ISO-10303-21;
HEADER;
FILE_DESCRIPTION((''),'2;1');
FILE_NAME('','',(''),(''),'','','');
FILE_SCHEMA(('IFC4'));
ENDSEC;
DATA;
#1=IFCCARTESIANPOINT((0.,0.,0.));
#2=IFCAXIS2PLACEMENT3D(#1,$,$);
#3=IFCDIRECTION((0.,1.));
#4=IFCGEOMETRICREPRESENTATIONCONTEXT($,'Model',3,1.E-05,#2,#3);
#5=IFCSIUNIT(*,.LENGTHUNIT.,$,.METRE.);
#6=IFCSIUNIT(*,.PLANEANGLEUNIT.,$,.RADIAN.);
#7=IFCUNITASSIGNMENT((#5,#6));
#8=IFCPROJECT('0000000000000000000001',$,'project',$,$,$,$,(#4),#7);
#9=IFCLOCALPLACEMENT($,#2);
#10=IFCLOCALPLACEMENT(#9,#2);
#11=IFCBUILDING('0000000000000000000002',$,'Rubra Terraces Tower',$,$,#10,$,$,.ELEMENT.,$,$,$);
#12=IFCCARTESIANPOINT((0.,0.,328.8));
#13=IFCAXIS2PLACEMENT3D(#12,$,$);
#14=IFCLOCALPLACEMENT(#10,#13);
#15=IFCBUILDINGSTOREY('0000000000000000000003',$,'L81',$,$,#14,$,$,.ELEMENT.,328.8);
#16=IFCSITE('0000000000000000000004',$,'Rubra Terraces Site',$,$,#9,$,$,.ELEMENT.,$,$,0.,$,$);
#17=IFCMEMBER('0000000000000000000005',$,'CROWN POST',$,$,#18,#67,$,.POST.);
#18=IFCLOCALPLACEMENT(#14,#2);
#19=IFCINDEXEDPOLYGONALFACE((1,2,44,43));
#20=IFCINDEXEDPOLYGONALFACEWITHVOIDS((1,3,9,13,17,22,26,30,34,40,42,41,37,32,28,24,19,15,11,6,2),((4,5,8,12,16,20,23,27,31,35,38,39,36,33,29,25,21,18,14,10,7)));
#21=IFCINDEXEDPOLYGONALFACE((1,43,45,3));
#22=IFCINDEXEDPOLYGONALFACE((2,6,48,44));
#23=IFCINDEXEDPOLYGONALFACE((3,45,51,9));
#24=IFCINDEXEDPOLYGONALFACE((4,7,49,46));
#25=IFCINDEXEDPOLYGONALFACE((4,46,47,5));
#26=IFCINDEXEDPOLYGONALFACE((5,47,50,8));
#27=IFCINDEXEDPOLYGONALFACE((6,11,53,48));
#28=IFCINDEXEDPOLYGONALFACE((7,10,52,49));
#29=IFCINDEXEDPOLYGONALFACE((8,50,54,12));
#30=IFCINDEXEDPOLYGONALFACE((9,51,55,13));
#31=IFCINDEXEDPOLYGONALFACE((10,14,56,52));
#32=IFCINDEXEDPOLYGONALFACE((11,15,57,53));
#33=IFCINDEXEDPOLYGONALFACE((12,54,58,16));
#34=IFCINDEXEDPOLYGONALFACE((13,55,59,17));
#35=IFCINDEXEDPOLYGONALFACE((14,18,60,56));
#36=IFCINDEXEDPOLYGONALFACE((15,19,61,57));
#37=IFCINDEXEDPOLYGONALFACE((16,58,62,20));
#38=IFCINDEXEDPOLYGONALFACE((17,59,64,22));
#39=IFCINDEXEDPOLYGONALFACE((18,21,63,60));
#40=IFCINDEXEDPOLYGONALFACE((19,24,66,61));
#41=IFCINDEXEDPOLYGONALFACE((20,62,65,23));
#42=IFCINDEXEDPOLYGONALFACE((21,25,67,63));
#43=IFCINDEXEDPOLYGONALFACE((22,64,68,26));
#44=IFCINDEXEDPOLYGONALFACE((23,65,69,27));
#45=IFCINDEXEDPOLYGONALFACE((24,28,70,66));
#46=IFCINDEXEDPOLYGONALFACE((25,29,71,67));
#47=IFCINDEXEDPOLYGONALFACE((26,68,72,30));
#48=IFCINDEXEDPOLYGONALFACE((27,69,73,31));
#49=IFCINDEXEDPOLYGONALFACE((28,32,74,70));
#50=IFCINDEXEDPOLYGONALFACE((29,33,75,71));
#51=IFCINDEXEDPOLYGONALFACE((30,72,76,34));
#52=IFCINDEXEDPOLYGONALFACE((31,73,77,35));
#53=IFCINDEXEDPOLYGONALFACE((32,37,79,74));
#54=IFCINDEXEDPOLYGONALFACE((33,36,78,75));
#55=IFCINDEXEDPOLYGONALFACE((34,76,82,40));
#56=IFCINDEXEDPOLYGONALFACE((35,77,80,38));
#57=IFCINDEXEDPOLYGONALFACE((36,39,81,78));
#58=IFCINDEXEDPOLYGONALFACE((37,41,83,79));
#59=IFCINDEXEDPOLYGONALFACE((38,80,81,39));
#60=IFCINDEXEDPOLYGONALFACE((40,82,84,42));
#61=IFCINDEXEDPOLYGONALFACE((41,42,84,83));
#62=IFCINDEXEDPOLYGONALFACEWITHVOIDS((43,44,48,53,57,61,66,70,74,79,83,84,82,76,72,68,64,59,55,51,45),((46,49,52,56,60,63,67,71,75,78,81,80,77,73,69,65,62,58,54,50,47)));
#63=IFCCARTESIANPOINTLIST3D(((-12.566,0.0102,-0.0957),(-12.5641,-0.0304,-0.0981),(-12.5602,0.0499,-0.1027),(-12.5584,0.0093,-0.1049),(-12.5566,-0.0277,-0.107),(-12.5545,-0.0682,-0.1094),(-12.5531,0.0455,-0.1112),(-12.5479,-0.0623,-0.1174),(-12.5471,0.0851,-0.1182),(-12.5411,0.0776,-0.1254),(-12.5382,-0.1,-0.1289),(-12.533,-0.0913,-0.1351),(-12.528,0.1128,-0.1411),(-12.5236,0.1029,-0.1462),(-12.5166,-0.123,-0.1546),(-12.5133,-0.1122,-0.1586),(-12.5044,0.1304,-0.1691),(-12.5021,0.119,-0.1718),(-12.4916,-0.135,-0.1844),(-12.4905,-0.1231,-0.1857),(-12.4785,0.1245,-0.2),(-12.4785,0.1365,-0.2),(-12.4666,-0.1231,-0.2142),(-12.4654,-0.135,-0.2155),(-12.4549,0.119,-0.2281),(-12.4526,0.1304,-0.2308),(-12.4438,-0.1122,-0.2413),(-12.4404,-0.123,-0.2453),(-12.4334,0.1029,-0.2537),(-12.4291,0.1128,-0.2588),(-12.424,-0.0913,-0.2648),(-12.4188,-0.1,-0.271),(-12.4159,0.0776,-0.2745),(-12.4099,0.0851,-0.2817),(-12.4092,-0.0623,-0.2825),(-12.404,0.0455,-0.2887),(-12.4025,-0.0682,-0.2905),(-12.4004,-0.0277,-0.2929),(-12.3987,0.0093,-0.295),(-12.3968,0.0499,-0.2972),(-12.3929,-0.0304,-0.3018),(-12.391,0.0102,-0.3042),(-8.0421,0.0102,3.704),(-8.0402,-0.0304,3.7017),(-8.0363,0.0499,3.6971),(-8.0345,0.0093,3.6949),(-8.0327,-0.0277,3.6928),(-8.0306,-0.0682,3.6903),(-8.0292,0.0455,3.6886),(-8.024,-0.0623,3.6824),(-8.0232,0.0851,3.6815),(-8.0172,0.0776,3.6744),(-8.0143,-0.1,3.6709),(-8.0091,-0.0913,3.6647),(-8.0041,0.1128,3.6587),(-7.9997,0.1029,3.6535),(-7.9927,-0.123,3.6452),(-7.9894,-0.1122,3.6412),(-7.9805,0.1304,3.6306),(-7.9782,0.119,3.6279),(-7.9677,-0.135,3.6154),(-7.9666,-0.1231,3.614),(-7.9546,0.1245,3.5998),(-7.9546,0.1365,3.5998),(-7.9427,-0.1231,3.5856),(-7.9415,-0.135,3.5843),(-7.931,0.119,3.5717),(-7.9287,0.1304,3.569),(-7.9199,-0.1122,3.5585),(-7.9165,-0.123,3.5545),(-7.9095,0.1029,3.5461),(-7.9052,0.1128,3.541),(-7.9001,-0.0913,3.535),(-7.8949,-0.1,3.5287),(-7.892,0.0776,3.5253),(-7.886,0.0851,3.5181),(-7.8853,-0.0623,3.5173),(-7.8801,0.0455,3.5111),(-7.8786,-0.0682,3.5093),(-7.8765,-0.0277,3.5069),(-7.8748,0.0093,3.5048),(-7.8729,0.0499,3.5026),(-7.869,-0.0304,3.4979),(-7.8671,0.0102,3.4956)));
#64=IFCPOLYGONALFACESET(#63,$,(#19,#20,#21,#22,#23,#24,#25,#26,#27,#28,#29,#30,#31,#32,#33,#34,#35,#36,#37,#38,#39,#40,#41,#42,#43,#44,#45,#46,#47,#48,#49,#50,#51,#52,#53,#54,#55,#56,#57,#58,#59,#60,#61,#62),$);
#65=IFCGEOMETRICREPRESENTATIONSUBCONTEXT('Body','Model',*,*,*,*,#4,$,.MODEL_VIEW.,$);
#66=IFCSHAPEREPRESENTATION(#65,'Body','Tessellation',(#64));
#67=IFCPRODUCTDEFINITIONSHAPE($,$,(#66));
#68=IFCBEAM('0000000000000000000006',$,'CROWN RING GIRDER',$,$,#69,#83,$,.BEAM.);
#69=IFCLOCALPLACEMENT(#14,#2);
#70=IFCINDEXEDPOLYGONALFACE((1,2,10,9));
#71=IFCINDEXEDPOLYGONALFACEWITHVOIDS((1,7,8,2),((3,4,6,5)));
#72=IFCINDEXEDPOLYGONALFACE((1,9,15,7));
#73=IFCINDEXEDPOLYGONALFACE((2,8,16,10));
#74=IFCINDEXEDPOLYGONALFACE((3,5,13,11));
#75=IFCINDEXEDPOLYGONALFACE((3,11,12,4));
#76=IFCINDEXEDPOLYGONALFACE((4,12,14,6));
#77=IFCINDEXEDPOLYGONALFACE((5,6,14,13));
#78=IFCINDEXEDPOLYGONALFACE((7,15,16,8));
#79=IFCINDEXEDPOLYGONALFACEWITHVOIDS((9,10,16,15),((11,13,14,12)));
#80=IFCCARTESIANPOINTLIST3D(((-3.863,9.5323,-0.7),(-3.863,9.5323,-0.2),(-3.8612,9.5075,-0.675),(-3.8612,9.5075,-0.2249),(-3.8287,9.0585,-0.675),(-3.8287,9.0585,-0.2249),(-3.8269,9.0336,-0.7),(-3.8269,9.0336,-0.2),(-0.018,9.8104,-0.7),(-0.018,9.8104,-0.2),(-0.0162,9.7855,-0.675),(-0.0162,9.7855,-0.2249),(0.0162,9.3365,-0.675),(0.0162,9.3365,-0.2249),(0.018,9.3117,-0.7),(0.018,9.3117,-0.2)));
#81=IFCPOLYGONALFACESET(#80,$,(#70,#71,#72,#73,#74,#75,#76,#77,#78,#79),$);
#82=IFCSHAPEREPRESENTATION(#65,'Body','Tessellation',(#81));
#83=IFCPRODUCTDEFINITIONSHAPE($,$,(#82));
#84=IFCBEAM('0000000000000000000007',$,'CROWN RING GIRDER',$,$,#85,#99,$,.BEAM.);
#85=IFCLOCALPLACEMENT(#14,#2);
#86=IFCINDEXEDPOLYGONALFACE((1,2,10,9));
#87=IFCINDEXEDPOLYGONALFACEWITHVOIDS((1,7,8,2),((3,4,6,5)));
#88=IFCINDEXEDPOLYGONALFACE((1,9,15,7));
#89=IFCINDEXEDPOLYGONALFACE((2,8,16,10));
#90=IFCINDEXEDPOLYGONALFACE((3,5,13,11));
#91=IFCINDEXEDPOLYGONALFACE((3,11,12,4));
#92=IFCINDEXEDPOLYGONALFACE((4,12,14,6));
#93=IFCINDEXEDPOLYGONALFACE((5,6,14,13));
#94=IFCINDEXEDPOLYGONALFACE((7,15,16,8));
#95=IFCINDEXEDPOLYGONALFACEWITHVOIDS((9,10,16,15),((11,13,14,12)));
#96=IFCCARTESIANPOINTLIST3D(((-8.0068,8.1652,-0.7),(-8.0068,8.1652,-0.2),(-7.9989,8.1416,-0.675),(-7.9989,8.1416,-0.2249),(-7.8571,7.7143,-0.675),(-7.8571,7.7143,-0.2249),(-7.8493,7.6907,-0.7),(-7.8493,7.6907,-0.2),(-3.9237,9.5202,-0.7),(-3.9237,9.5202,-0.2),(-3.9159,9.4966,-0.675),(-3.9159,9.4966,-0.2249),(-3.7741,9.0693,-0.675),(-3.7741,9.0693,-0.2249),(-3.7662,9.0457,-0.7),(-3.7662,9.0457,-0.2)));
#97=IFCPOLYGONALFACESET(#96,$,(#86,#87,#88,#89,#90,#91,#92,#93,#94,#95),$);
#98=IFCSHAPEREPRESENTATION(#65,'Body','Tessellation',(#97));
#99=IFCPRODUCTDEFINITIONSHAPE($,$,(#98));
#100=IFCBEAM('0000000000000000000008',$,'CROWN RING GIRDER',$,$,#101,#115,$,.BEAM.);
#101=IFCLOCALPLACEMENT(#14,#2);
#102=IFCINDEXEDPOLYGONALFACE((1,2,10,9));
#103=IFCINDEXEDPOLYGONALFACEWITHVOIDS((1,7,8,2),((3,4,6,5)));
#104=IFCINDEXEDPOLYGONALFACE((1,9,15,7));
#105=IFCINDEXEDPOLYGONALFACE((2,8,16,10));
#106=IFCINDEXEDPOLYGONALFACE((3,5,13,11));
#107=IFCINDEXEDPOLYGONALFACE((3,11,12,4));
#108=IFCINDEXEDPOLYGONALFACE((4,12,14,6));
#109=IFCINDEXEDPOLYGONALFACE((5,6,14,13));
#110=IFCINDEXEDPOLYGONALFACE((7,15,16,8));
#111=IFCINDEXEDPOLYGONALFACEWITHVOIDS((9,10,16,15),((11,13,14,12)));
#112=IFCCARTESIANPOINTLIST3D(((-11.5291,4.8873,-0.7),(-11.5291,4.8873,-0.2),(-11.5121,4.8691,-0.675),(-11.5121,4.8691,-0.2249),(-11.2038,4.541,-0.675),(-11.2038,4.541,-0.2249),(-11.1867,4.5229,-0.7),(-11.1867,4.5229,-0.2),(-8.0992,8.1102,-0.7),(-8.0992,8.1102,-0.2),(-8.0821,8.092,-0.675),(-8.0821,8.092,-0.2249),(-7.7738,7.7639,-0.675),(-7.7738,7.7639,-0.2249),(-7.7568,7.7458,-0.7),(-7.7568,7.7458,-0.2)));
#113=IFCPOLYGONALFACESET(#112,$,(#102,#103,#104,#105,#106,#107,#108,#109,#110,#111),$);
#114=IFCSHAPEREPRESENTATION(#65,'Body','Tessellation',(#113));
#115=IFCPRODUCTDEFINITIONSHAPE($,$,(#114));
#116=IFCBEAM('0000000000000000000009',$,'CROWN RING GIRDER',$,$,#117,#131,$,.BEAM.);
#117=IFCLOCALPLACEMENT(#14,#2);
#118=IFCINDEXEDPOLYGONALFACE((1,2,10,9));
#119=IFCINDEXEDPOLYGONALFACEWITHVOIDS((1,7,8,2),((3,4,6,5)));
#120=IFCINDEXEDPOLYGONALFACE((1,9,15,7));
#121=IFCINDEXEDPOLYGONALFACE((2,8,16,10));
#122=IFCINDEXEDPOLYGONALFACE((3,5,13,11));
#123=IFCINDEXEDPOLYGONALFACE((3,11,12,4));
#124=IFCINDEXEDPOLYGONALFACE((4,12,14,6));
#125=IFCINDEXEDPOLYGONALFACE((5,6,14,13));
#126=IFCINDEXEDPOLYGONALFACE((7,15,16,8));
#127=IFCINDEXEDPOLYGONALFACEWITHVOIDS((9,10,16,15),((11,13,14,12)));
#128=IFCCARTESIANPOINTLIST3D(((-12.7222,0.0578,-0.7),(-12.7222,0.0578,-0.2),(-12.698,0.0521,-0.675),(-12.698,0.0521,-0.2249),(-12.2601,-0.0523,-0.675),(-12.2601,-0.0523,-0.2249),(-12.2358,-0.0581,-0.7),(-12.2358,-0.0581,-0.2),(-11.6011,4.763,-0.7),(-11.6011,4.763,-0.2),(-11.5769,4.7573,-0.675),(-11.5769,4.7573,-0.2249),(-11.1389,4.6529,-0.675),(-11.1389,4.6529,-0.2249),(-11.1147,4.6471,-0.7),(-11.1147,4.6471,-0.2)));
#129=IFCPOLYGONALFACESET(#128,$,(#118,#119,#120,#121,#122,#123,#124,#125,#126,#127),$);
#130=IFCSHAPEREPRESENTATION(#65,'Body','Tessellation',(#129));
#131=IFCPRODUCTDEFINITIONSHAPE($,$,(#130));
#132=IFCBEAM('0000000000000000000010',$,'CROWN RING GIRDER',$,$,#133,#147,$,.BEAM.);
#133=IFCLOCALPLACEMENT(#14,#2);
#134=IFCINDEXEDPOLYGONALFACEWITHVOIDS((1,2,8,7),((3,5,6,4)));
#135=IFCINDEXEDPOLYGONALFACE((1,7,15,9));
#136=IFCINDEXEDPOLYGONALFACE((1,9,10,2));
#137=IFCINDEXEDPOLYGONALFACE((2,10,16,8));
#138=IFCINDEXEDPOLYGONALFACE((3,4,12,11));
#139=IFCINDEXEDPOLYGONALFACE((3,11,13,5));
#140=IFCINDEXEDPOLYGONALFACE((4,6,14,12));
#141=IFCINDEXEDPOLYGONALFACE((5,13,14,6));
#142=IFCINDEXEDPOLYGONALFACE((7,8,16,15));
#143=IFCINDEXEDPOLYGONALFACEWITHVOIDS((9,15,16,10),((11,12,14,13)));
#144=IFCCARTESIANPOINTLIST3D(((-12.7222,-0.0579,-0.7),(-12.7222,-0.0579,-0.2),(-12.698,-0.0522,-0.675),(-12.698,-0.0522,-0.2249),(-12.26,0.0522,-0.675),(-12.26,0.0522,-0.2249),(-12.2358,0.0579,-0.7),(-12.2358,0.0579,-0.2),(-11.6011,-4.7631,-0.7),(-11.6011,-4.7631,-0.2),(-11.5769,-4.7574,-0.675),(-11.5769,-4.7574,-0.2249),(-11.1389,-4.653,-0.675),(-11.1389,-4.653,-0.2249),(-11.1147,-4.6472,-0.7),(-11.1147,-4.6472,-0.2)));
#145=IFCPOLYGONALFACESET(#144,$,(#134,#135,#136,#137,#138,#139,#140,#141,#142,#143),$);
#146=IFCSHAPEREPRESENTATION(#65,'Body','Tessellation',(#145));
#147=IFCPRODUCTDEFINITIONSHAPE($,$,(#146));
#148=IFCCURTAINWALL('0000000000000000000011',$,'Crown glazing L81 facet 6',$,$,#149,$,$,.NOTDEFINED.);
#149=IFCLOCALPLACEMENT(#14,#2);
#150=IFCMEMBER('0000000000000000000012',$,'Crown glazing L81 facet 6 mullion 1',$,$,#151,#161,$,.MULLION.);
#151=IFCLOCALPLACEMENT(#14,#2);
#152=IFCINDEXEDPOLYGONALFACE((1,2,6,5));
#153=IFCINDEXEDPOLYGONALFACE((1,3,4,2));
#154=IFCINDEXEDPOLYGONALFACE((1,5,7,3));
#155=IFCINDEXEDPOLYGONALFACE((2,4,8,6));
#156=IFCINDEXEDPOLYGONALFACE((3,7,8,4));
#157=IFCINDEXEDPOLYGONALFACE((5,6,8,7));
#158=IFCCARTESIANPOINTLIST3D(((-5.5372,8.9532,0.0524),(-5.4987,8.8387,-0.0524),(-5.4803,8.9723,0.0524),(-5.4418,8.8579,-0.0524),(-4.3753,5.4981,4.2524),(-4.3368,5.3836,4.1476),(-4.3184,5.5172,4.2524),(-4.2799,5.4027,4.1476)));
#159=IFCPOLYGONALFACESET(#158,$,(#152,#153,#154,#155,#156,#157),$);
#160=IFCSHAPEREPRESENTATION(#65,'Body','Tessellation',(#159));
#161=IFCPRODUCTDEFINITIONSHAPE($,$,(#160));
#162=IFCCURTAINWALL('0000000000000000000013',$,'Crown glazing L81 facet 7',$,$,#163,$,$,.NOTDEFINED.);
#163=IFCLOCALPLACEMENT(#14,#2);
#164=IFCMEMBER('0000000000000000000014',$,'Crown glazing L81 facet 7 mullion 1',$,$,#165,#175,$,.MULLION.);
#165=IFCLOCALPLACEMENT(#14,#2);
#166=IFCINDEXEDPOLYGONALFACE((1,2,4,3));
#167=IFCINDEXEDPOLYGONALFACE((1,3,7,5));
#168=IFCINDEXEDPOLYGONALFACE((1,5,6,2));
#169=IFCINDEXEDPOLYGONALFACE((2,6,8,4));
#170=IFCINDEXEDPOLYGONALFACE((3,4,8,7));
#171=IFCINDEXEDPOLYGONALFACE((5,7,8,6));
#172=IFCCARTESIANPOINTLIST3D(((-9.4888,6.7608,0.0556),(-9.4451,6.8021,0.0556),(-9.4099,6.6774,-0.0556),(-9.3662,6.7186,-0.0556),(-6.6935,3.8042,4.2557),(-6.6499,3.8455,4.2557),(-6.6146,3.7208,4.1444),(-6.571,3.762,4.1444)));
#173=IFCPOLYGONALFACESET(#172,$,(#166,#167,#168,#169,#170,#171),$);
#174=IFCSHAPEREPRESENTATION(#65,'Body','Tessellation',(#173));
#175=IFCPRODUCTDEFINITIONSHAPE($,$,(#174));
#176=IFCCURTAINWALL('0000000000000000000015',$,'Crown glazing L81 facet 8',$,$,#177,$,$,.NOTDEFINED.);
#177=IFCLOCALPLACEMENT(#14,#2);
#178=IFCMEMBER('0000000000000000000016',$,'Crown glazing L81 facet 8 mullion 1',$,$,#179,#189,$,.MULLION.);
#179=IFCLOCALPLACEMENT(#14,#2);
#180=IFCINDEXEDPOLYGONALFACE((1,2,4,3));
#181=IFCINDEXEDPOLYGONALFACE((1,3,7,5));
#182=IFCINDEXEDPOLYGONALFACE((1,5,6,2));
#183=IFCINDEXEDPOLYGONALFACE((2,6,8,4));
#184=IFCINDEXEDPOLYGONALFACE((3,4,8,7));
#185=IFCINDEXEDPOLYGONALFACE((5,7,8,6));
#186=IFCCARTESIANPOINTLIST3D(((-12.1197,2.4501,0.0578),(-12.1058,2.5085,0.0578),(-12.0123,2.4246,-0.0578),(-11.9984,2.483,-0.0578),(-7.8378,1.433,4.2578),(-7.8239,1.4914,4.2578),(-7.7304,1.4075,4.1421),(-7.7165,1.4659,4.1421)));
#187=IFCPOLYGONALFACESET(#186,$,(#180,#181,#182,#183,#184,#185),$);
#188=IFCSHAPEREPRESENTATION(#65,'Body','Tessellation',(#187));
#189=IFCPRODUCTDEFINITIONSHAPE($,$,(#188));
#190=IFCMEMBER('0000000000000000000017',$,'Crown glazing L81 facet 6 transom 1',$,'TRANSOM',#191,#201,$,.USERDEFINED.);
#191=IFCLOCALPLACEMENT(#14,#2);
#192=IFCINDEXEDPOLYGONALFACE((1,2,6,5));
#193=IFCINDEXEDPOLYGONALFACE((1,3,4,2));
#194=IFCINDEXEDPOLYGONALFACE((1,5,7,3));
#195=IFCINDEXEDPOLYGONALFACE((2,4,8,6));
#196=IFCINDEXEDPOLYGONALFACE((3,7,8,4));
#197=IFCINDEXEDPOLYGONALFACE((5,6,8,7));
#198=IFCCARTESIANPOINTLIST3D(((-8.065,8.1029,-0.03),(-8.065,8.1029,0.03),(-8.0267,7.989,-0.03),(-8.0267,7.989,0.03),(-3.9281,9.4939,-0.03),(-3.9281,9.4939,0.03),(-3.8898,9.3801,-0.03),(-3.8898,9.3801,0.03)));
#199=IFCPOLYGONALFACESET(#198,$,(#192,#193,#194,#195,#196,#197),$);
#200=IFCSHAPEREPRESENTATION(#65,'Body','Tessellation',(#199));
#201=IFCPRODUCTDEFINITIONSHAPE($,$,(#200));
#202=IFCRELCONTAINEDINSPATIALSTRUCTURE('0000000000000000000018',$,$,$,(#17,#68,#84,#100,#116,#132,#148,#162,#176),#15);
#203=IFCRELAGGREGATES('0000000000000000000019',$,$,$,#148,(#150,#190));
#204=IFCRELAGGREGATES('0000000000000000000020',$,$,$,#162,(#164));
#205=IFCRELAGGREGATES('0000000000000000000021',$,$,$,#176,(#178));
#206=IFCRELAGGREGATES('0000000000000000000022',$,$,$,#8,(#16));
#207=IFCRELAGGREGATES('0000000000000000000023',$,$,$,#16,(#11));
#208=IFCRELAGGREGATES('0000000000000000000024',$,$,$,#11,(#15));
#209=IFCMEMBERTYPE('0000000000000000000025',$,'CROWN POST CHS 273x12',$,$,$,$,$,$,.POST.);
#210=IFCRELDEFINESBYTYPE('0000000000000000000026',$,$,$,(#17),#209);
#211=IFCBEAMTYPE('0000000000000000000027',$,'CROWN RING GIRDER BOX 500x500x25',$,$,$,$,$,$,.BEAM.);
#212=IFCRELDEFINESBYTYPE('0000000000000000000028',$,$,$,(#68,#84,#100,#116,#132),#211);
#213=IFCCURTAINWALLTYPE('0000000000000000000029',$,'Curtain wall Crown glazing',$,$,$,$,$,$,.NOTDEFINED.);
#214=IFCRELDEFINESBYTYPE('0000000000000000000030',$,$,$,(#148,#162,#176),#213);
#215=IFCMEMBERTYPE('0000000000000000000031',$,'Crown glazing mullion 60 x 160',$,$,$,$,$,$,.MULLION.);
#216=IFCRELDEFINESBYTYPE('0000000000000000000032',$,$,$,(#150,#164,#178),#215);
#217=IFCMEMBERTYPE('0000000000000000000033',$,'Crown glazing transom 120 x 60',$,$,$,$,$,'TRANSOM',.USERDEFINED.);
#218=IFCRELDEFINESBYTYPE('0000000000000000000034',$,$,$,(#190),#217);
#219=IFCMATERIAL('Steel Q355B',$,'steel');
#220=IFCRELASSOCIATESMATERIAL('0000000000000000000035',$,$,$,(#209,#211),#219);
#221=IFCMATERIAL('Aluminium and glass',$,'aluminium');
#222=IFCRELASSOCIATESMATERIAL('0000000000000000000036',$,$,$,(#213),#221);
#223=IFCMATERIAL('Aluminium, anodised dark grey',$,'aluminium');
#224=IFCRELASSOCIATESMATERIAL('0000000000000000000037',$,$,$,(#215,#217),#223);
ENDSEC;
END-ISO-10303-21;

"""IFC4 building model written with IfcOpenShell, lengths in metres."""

from ifc_helpers import new_model, si_unit, direction, frame, origin, origin_2d, place, context, subcontext, project, spatial, rectangle, hollow_rectangle, hollow_circle, extrude, material, material_profile, profile_set, type_object, element, aggregate, save


model = new_model("IFC4")

# Units and contexts
model_context = context("Model", 3, precision=1e-05, world=origin(), true_north=direction((0.0, 1.0)))
body_context = subcontext(model_context, "Body", "Model", "MODEL_VIEW")
ifc_project = project(units=[si_unit("LENGTHUNIT", "METRE"), si_unit("PLANEANGLEUNIT", "RADIAN")], contexts=[model_context])

# Site, building, storey
site_placement = place(None, origin())
site = spatial("IfcSite", under=ifc_project, at=site_placement, Name="Rubra Terraces Site", CompositionType="ELEMENT", RefElevation=0.0)
building_placement = place(site_placement, origin())
building = spatial("IfcBuilding", under=site, at=building_placement, Name="Rubra Terraces Tower", CompositionType="ELEMENT")
storey_placement = place(building_placement, frame((0.0, 0.0, 328.8)))
storey = spatial("IfcBuildingStorey", under=building, at=storey_placement, Name="L81", CompositionType="ELEMENT", Elevation=328.8)

# Member
ifc_material_1 = material(Name="Steel Q355B", Category="steel")
ifc_material_profile_1 = material_profile(ifc_material_1, hollow_circle(Radius=0.1365, WallThickness=0.012, at=origin_2d()), Name="CHS 273x12")
ifc_profile_set_1 = profile_set([ifc_material_profile_1], Name="Steel Q355B")
member_type_1 = type_object("IfcMemberType", Name="CROWN POST CHS 273x12", PredefinedType="POST", material=ifc_profile_set_1)
member_1_placement = place(storey_placement, frame((-12.4785, 0.0, -0.2), z_axis=(0.765729, 0.0, 0.643163), x_axis=(0.0, 1.0, 0.0)))
element("IfcMember", 1, at=member_1_placement, inside=storey, type_object=member_type_1, Name="CROWN POST", PredefinedType="POST", context=body_context, shape_type="SweptSolid", body=[
    extrude(hollow_circle(Radius=0.1365, WallThickness=0.012, at=origin_2d()), origin(), (0.0, 0.0, 1.0), 5.908),
])

# Beams
ifc_material_profile_2 = material_profile(ifc_material_1, hollow_rectangle(XDim=0.5, YDim=0.5, WallThickness=0.0249, at=origin_2d()), Name="BOX 500x500x25")
ifc_profile_set_2 = profile_set([ifc_material_profile_2], Name="Steel Q355B")
beam_type_1 = type_object("IfcBeamType", Name="CROWN RING GIRDER BOX 500x500x25", PredefinedType="BEAM", material=ifc_profile_set_2)
beam_1_placement = place(storey_placement, frame((0.0, 9.561, -0.45), z_axis=(-0.997395, -0.072134, 0.0), x_axis=(0.072134, -0.997395, 0.0)))
element("IfcBeam", 2, at=beam_1_placement, inside=storey, type_object=beam_type_1, Name="CROWN RING GIRDER", PredefinedType="BEAM", context=body_context, shape_type="SweptSolid", body=[
    extrude(hollow_rectangle(XDim=0.5, YDim=0.5, WallThickness=0.0249, at=origin_2d()), origin(), (0.0, 0.0, 1.0), 3.855),
])
beam_2_placement = place(storey_placement, frame((-3.845, 9.283, -0.45), z_axis=(-0.949102, -0.314968, 0.0), x_axis=(0.314968, -0.949102, 0.0)))
element("IfcBeam", 3, at=beam_2_placement, inside=storey, type_object=beam_type_1, Name="CROWN RING GIRDER", PredefinedType="BEAM", context=body_context, shape_type="SweptSolid", body=[
    extrude(hollow_rectangle(XDim=0.5, YDim=0.5, WallThickness=0.0249, at=origin_2d()), origin(), (0.0, 0.0, 1.0), 4.302),
])
beam_3_placement = place(storey_placement, frame((-7.928, 7.928, -0.45), z_axis=(-0.728759, -0.684771, 0.0), x_axis=(0.684771, -0.728759, 0.0)))
element("IfcBeam", 4, at=beam_3_placement, inside=storey, type_object=beam_type_1, Name="CROWN RING GIRDER", PredefinedType="BEAM", context=body_context, shape_type="SweptSolid", body=[
    extrude(hollow_rectangle(XDim=0.5, YDim=0.5, WallThickness=0.0249, at=origin_2d()), origin(), (0.0, 0.0, 1.0), 4.7065),
])
for number, where, z_axis, x_axis, name in (
    (5, (-11.3579, 4.7051, -0.45), (-0.231784, -0.972767, 0.0), (0.972767, -0.231784, 0.0), "CROWN RING GIRDER"),
    (6, (-12.479, 0.0, -0.45), (0.231784, -0.972767, 0.0), (0.972767, 0.231784, 0.0), "CROWN RING GIRDER"),
):
    element("IfcBeam", number, at=place(storey_placement, frame(where, z_axis=z_axis, x_axis=x_axis)), inside=storey, type_object=beam_type_1, Name=name, PredefinedType="BEAM", context=body_context, shape_type="SweptSolid", body=[
        extrude(hollow_rectangle(XDim=0.5, YDim=0.5, WallThickness=0.0249, at=origin_2d()), origin(), (0.0, 0.0, 1.0), 4.8369),
    ])

# Curtain walls, members
ifc_material_2 = material(Name="Aluminium and glass", Category="aluminium")
curtain_wall_type = type_object("IfcCurtainWallType", Name="Curtain wall Crown glazing", PredefinedType="NOTDEFINED", material=ifc_material_2)
curtain_wall_1_placement = place(storey_placement, origin())
curtain_wall_1 = element("IfcCurtainWall", 7, at=curtain_wall_1_placement, inside=storey, type_object=curtain_wall_type, Name="Crown glazing L81 facet 6", PredefinedType="NOTDEFINED")
ifc_material_3 = material(Name="Aluminium, anodised dark grey", Category="aluminium")
ifc_material_profile_3 = material_profile(ifc_material_3, rectangle(XDim=0.0601, YDim=0.1599, at=origin_2d()), Name="AL 60x160")
ifc_profile_set_3 = profile_set([ifc_material_profile_3], Name="Aluminium, anodised dark grey")
member_type_2 = type_object("IfcMemberType", Name="Crown glazing mullion 60 x 160", PredefinedType="MULLION", material=ifc_profile_set_3)
member_2_placement = place(storey_placement, frame((-5.4895, 8.9055, 0.0), z_axis=(0.208923, -0.621281, 0.755222), x_axis=(0.947843, 0.318738, 0.0)))
member_2 = element("IfcMember", 8, at=member_2_placement, type_object=member_type_2, Name="Crown glazing L81 facet 6 mullion 1", PredefinedType="MULLION", context=body_context, shape_type="SweptSolid", body=[
    extrude(rectangle(XDim=0.0601, YDim=0.1599, at=origin_2d()), origin(), (0.0, 0.0, 1.0), 5.5613),
])
curtain_wall_2_placement = place(storey_placement, origin())
curtain_wall_2 = element("IfcCurtainWall", 9, at=curtain_wall_2_placement, inside=storey, type_object=curtain_wall_type, Name="Crown glazing L81 facet 7", PredefinedType="NOTDEFINED")
member_3_placement = place(storey_placement, frame((-9.4275, 6.7397, 0.0), z_axis=(0.478007, -0.505605, 0.718243), x_axis=(0.72666, 0.686997, 0.0)))
member_3 = element("IfcMember", 10, at=member_3_placement, type_object=member_type_2, Name="Crown glazing L81 facet 7 mullion 1", PredefinedType="MULLION", context=body_context, shape_type="SweptSolid", body=[
    extrude(rectangle(XDim=0.0601, YDim=0.1599, at=origin_2d()), origin(), (0.0, 0.0, 1.0), 5.8477),
])
curtain_wall_3_placement = place(storey_placement, origin())
curtain_wall_3 = element("IfcCurtainWall", 11, at=curtain_wall_3_placement, inside=storey, type_object=curtain_wall_type, Name="Crown glazing L81 facet 8", PredefinedType="NOTDEFINED")
member_4_placement = place(storey_placement, frame((-12.0591, 2.4666, 0.0), z_axis=(0.703864, -0.167187, 0.69038), x_axis=(0.231098, 0.97293, 0.0)))
member_4 = element("IfcMember", 12, at=member_4_placement, type_object=member_type_2, Name="Crown glazing L81 facet 8 mullion 1", PredefinedType="MULLION", context=body_context, shape_type="SweptSolid", body=[
    extrude(rectangle(XDim=0.0601, YDim=0.1599, at=origin_2d()), origin(), (0.0, 0.0, 1.0), 6.0835),
])

# Member
ifc_material_profile_4 = material_profile(ifc_material_3, rectangle(XDim=0.1201, YDim=0.0601, at=origin_2d()), Name="AL 120x60")
ifc_profile_set_4 = profile_set([ifc_material_profile_4], Name="Aluminium, anodised dark grey")
member_type_3 = type_object("IfcMemberType", Name="Crown glazing transom 120 x 60", ElementType="TRANSOM", PredefinedType="USERDEFINED", material=ifc_profile_set_4)
member_5_placement = place(storey_placement, frame((-3.9089, 9.437, 0.0), z_axis=(-0.947847, -0.318727, 0.0), x_axis=(0.318727, -0.947847, 0.0)))
member_5 = element("IfcMember", 13, at=member_5_placement, type_object=member_type_3, Name="Crown glazing L81 facet 6 transom 1", ObjectType="TRANSOM", PredefinedType="USERDEFINED", context=body_context, shape_type="SweptSolid", body=[
    extrude(rectangle(XDim=0.1201, YDim=0.0601, at=origin_2d()), origin(), (0.0, 0.0, 1.0), 4.3645),
])

aggregate(curtain_wall_1, [member_2, member_5])
aggregate(curtain_wall_2, [member_3])
aggregate(curtain_wall_3, [member_4])

save(model, "model.ifc")
